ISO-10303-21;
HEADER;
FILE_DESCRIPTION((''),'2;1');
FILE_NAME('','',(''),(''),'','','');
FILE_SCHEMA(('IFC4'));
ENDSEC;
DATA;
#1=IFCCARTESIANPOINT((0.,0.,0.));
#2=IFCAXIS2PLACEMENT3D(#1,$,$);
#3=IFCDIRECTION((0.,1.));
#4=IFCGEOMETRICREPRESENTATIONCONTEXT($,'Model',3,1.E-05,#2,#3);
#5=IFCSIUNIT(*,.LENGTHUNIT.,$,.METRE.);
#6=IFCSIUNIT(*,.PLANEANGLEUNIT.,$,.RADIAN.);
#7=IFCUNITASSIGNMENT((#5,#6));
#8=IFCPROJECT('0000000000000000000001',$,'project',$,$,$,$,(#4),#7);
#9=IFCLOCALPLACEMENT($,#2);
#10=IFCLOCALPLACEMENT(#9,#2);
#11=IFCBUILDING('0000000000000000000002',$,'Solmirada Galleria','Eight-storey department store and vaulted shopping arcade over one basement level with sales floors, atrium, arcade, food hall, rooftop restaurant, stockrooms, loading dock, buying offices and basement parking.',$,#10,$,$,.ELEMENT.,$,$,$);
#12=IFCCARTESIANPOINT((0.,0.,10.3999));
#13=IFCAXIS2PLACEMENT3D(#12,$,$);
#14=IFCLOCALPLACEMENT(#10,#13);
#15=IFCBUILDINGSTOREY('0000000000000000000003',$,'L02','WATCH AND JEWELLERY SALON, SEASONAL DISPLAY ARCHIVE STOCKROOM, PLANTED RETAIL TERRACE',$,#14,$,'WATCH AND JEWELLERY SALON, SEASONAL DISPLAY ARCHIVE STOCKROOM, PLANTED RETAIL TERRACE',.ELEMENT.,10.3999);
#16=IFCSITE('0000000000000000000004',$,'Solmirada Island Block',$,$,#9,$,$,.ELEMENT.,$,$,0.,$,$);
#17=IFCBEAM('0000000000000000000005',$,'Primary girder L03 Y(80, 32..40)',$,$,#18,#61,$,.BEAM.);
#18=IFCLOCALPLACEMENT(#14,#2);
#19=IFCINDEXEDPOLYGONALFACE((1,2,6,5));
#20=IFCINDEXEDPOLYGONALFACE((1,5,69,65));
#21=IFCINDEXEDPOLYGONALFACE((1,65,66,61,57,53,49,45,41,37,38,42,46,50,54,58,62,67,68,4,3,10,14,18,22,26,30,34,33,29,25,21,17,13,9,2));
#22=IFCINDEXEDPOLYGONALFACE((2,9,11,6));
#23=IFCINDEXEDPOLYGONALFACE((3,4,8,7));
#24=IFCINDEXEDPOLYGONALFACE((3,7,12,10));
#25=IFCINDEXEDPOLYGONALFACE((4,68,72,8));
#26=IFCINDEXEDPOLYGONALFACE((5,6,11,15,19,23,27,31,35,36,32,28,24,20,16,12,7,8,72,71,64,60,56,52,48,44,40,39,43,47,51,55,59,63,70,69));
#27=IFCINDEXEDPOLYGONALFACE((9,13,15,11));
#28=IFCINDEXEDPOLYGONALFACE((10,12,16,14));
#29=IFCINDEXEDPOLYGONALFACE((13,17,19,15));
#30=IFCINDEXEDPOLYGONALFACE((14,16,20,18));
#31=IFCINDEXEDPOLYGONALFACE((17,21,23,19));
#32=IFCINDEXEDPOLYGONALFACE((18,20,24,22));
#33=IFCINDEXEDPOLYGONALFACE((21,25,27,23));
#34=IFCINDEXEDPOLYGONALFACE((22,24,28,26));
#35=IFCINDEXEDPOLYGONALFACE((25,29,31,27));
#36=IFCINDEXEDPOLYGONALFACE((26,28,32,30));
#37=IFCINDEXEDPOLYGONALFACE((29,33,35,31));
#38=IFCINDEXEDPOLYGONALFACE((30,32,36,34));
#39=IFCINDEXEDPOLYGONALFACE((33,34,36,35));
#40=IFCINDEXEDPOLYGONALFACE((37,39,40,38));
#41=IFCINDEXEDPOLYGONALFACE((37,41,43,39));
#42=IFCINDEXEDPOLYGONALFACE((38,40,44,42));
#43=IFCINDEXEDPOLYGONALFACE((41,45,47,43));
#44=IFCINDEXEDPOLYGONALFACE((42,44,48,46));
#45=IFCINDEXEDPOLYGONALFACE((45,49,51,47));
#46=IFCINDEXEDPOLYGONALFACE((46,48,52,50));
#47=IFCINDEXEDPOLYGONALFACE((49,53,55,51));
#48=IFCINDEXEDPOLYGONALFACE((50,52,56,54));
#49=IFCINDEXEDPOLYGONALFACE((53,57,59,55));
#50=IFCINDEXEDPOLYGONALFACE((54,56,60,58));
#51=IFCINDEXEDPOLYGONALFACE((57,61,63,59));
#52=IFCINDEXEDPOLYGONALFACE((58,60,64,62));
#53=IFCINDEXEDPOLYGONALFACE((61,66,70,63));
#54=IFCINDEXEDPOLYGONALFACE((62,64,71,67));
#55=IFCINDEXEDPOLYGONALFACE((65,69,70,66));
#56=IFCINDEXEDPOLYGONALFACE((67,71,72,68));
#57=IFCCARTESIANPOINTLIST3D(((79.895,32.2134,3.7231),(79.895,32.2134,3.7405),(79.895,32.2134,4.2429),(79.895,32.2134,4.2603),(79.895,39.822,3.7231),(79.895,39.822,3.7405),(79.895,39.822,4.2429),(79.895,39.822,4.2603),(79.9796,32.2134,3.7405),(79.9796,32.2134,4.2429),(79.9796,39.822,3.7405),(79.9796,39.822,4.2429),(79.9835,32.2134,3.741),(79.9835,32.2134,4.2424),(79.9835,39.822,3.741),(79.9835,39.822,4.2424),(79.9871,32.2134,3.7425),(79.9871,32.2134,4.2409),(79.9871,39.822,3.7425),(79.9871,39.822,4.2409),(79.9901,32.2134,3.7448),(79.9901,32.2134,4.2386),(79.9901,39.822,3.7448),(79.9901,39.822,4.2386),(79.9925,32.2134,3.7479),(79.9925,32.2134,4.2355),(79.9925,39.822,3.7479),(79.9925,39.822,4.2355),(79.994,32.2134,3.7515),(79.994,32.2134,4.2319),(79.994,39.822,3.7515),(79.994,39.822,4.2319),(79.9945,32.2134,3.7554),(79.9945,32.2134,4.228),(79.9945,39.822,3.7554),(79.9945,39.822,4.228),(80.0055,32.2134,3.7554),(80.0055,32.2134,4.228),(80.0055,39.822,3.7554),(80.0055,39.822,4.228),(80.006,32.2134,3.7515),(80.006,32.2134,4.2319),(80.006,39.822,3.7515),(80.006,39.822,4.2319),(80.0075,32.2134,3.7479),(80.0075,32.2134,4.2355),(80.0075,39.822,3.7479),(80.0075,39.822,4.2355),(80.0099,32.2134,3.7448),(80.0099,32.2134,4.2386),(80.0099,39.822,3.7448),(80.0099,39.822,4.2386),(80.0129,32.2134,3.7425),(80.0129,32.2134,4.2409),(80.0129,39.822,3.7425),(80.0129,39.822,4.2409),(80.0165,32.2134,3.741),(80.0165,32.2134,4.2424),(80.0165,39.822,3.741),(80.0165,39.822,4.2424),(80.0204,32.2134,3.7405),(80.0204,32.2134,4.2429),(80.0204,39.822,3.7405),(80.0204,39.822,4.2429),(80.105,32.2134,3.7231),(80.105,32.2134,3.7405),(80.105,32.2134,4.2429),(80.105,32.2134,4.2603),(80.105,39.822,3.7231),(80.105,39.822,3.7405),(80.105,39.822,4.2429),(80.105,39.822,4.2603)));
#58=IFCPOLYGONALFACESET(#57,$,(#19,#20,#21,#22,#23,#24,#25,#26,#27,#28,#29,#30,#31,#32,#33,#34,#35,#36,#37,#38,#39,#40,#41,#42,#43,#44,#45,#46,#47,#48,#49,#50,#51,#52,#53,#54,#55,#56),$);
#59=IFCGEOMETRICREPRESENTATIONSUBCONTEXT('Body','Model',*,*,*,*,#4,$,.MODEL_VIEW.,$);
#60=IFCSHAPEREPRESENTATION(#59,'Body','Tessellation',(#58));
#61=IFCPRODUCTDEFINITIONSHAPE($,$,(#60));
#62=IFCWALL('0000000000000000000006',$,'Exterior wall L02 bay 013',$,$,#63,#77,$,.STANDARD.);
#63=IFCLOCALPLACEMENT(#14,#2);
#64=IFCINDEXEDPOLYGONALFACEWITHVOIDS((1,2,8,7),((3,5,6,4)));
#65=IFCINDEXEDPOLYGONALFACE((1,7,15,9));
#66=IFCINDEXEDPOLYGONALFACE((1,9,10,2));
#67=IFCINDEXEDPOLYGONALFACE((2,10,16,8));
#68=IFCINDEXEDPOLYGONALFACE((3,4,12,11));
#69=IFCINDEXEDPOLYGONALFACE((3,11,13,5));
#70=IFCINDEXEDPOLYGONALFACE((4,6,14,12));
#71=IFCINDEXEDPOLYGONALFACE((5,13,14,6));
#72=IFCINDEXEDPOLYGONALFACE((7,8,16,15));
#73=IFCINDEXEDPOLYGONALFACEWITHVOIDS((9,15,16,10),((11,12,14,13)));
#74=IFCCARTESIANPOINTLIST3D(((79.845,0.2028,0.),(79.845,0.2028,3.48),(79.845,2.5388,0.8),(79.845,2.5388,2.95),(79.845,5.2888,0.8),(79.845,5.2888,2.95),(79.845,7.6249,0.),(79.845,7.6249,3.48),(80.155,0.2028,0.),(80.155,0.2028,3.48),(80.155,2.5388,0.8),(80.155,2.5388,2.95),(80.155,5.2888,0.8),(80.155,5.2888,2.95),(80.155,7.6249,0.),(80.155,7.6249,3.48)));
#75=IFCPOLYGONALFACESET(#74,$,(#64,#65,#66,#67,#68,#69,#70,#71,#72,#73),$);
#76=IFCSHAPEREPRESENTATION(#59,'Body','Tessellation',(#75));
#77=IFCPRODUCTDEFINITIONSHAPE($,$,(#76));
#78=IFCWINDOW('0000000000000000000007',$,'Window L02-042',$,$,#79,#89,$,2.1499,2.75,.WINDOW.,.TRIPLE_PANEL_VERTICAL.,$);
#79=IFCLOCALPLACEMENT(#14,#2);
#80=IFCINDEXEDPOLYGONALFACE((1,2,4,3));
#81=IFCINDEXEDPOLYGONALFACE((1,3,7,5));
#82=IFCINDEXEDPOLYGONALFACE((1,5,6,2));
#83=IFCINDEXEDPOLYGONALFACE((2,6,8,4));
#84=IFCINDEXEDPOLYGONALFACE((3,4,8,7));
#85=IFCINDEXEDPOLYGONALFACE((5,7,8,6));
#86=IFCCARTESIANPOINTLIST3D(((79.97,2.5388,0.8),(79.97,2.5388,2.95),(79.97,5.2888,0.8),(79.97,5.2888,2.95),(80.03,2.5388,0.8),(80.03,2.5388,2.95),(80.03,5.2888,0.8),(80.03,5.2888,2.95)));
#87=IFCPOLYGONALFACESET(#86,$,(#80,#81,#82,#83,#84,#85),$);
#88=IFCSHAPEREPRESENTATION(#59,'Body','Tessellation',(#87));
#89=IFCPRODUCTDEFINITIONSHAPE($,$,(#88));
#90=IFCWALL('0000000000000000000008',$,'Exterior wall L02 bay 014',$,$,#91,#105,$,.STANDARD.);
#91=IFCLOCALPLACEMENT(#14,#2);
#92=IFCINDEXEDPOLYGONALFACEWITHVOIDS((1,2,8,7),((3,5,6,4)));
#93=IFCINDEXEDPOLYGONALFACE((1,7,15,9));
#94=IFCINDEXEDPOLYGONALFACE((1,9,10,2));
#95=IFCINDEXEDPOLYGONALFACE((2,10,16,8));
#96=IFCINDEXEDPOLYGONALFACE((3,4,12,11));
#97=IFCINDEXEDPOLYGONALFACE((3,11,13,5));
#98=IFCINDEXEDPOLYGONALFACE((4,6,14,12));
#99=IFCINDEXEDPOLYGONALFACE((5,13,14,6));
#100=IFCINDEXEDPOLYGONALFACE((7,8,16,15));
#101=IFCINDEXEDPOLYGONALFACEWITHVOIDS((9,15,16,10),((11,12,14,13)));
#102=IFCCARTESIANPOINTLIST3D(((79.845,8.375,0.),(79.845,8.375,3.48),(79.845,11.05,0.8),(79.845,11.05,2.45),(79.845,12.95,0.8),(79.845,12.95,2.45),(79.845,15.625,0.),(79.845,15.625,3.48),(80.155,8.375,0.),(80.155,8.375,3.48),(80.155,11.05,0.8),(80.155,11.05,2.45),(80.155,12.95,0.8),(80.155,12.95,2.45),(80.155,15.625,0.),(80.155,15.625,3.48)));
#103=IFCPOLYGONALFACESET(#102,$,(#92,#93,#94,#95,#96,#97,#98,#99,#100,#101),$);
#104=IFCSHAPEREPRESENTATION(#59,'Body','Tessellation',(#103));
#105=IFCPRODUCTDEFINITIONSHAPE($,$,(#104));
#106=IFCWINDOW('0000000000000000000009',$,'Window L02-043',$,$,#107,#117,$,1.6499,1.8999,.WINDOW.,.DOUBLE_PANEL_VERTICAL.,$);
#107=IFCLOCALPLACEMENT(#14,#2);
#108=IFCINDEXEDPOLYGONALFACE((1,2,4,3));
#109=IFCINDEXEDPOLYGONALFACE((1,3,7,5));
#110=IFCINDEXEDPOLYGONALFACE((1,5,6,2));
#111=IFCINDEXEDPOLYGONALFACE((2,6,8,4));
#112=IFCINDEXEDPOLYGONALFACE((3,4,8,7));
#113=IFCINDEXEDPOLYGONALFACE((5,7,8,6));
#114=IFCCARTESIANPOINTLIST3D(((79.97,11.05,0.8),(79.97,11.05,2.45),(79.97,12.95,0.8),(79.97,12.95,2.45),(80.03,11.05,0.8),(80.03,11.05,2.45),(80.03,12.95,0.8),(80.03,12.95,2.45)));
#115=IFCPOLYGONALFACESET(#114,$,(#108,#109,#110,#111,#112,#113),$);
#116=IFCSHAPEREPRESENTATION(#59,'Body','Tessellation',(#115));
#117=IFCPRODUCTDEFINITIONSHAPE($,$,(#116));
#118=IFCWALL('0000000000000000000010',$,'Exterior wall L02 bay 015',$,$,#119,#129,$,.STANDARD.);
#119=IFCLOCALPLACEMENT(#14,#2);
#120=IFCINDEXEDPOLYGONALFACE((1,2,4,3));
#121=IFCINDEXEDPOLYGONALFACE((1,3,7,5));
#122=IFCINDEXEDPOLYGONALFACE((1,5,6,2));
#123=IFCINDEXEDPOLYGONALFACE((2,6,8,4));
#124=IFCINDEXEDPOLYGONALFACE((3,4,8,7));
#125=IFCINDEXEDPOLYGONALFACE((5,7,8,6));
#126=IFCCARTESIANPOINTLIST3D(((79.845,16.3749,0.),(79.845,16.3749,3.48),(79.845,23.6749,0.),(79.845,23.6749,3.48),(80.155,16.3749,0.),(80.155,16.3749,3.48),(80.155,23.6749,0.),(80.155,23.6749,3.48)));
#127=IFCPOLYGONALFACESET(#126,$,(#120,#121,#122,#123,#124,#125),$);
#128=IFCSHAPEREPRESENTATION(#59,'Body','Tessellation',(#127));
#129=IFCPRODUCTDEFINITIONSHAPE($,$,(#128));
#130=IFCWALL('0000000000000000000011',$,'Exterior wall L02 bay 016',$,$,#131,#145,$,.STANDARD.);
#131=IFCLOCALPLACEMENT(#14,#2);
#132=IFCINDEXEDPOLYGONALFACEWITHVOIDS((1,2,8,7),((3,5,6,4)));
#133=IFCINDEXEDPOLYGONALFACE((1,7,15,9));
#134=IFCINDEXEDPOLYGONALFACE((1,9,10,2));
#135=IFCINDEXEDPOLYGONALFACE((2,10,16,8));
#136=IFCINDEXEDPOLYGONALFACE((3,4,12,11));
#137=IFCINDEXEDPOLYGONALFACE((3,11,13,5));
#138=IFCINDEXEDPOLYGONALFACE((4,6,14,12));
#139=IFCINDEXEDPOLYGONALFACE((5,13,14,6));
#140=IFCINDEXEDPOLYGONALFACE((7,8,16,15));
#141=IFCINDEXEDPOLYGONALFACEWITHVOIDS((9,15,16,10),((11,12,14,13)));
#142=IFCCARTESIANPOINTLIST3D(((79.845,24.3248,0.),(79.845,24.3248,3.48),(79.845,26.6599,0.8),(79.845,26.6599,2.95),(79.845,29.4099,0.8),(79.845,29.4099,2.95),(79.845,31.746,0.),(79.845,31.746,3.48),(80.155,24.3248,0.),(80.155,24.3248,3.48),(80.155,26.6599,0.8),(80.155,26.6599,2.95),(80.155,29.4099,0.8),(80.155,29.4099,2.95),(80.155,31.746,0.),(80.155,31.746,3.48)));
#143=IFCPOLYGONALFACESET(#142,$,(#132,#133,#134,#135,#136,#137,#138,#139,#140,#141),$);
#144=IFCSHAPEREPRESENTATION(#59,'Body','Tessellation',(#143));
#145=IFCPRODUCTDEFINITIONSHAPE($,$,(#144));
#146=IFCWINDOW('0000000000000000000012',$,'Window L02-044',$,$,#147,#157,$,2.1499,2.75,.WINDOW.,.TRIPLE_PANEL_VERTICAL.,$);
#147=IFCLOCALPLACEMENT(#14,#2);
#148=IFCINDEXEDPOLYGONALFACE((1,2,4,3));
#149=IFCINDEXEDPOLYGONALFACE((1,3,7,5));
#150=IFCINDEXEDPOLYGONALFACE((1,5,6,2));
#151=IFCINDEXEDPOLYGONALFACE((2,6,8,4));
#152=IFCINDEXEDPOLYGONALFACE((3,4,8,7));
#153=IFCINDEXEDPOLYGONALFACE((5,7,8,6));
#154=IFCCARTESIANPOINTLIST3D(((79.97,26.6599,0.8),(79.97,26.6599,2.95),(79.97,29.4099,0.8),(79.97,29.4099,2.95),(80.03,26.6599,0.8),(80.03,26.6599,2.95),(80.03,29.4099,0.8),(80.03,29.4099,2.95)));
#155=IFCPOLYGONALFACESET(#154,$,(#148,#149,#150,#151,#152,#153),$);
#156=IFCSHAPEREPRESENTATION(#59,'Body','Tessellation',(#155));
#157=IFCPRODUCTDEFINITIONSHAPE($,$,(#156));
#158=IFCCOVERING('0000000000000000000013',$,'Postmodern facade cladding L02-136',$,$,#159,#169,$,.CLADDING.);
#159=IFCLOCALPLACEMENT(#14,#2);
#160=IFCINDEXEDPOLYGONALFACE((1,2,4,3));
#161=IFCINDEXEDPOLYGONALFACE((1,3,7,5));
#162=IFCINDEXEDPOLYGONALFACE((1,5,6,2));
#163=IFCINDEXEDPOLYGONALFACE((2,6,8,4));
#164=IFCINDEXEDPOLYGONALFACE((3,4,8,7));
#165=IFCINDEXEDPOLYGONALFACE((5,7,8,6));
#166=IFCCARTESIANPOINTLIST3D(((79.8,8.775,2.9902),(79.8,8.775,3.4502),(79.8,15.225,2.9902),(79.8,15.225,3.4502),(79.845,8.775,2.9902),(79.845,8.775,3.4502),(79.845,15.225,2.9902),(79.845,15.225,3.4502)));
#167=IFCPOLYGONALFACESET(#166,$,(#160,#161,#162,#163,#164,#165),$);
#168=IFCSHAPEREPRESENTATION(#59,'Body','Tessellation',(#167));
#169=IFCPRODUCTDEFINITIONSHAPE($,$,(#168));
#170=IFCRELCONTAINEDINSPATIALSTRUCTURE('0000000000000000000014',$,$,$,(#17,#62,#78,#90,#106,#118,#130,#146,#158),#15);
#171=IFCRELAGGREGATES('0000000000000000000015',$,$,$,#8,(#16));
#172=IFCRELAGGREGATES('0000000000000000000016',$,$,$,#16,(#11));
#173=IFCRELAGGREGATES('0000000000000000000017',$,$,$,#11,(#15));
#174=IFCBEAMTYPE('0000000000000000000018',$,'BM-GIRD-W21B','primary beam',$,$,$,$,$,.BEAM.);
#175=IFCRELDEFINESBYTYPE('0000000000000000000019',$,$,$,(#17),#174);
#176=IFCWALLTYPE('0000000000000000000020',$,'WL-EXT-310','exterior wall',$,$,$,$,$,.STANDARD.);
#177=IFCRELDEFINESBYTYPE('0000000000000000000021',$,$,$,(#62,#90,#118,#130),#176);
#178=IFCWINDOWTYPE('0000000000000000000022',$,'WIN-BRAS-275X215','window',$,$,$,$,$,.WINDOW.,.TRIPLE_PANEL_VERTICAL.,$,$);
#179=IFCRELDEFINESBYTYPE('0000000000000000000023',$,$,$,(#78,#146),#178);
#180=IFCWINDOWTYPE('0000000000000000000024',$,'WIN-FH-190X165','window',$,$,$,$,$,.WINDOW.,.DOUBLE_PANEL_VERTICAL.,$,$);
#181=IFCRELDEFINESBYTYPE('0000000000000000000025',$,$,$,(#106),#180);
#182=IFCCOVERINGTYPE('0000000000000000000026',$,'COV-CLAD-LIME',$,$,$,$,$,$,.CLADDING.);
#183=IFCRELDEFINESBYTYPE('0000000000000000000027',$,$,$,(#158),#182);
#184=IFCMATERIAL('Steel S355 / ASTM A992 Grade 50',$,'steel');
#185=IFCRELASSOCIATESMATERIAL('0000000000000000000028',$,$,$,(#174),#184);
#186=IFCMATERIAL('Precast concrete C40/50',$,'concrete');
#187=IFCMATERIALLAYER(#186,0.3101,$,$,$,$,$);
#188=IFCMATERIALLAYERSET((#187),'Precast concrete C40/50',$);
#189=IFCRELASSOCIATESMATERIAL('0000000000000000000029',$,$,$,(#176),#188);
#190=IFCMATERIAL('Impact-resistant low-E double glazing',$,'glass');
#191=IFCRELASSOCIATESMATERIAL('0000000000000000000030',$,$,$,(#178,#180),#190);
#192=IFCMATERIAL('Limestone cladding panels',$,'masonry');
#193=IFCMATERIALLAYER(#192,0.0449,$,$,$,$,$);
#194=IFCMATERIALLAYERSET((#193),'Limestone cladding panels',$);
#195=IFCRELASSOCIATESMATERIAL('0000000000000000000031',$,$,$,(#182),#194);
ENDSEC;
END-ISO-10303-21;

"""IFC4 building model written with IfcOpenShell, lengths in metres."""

from ifc_helpers import new_model, si_unit, direction, frame, frame_2d, origin, origin_2d, place, context, subcontext, project, spatial, rectangle, i_section, extrude, material, layer, layer_set, material_profile, profile_set, type_object, element, fill, save


model = new_model("IFC4")

# Units and contexts
model_context = context("Model", 3, precision=1e-05, world=origin(), true_north=direction((0.0, 1.0)))
body_context = subcontext(model_context, "Body", "Model", "MODEL_VIEW")
ifc_project = project(units=[si_unit("LENGTHUNIT", "METRE"), si_unit("PLANEANGLEUNIT", "RADIAN")], contexts=[model_context])

# Site, building, storey
site_placement = place(None, origin())
site = spatial("IfcSite", under=ifc_project, at=site_placement, Name="Solmirada Island Block", CompositionType="ELEMENT", RefElevation=0.0)
building_placement = place(site_placement, origin())
building = spatial("IfcBuilding", under=site, at=building_placement, Name="Solmirada Galleria", Description="Eight-storey department store and vaulted shopping arcade over one basement level with sales floors, atrium, arcade, food hall, rooftop restaurant, stockrooms, loading dock, buying offices and basement parking.", CompositionType="ELEMENT")
storey_placement = place(building_placement, frame((0.0, 0.0, 10.3999)))
storey = spatial("IfcBuildingStorey", under=building, at=storey_placement, Name="L02", Description="WATCH AND JEWELLERY SALON, SEASONAL DISPLAY ARCHIVE STOCKROOM, PLANTED RETAIL TERRACE", LongName="WATCH AND JEWELLERY SALON, SEASONAL DISPLAY ARCHIVE STOCKROOM, PLANTED RETAIL TERRACE", CompositionType="ELEMENT", Elevation=10.3999)

# Beam
ifc_material_1 = material(Name="Steel S355 / ASTM A992 Grade 50", Category="steel")
ifc_material_profile_1 = material_profile(ifc_material_1, i_section(OverallWidth=0.21, OverallDepth=0.5371, WebThickness=0.011, FlangeThickness=0.0173, FilletRadius=0.0149, at=origin_2d()), Name="W21X68")
ifc_profile_set_1 = profile_set([ifc_material_profile_1], Name="Steel S355 / ASTM A992 Grade 50")
beam_type = type_object("IfcBeamType", Name="BM-GIRD-W21B", Description="primary beam", PredefinedType="BEAM", material=ifc_profile_set_1)
beam_1_placement = place(storey_placement, frame((80.0, 32.2134, 3.9917), z_axis=(0.0, 1.0, 0.0), x_axis=(-1.0, 0.0, 0.0)))
element("IfcBeam", 1, at=beam_1_placement, inside=storey, type_object=beam_type, Name="Primary girder L03 Y(80, 32..40)", PredefinedType="BEAM", context=body_context, shape_type="SweptSolid", body=[
    extrude(i_section(OverallWidth=0.21, OverallDepth=0.5371, WebThickness=0.011, FlangeThickness=0.0173, FilletRadius=0.0149, at=origin_2d()), origin(), (0.0, 0.0, 1.0), 7.6086),
])

# Walls, openings, windows
ifc_material_2 = material(Name="Precast concrete C40/50", Category="concrete")
ifc_layer_1 = layer(ifc_material_2, 0.3101)
ifc_layer_set_1 = layer_set([ifc_layer_1], Name="Precast concrete C40/50")
wall_type = type_object("IfcWallType", Name="WL-EXT-310", Description="exterior wall", PredefinedType="STANDARD", material=ifc_layer_set_1)
wall_1_placement = place(storey_placement, frame((80.0, 0.2029, 0.0), z_axis=(0.0, 0.0, 1.0), x_axis=(0.0, 1.0, 0.0)))
wall_1 = element("IfcWall", 2, at=wall_1_placement, inside=storey, type_object=wall_type, Name="Exterior wall L02 bay 013", PredefinedType="STANDARD", context=body_context, shape_type="SweptSolid", body=[
    extrude(rectangle(XDim=7.4221, YDim=0.3101, at=frame_2d((3.7109, 0.0))), origin(), (0.0, 0.0, 1.0), 3.48),
])
opening_1_placement = place(wall_1_placement, frame((2.3359, 0.0, 0.8)))
opening_1 = element("IfcOpeningElement", 3, at=opening_1_placement, cuts=wall_1, PredefinedType="OPENING", context=body_context, shape_type="SweptSolid", body=[
    extrude(rectangle(XDim=2.75, YDim=2.1499, at=frame_2d((1.375, 1.075))), frame((0.0, 0.165, 0.0), z_axis=(0.0, -1.0, 0.0), x_axis=(1.0, 0.0, 0.0)), (0.0, 0.0, 1.0), 0.3301),
])
ifc_material_3 = material(Name="Impact-resistant low-E double glazing", Category="glass")
window_type_1 = type_object("IfcWindowType", Name="WIN-BRAS-275X215", Description="window", PartitioningType="TRIPLE_PANEL_VERTICAL", PredefinedType="WINDOW", material=ifc_material_3)
window_1_placement = place(opening_1_placement, origin())
window_1 = element("IfcWindow", 4, at=window_1_placement, inside=storey, type_object=window_type_1, Name="Window L02-042", OverallHeight=2.1499, OverallWidth=2.75, PartitioningType="TRIPLE_PANEL_VERTICAL", PredefinedType="WINDOW", context=body_context, shape_type="SweptSolid", body=[
    extrude(rectangle(XDim=2.75, YDim=2.1499, at=frame_2d((1.375, 1.075))), frame((0.0, 0.03, 0.0), z_axis=(0.0, -1.0, 0.0), x_axis=(1.0, 0.0, 0.0)), (0.0, 0.0, 1.0), 0.0601),
])
fill(opening_1, window_1)
wall_2_placement = place(storey_placement, frame((80.0, 8.375, 0.0), z_axis=(0.0, 0.0, 1.0), x_axis=(0.0, 1.0, 0.0)))
wall_2 = element("IfcWall", 5, at=wall_2_placement, inside=storey, type_object=wall_type, Name="Exterior wall L02 bay 014", PredefinedType="STANDARD", context=body_context, shape_type="SweptSolid", body=[
    extrude(rectangle(XDim=7.25, YDim=0.3101, at=frame_2d((3.625, 0.0))), origin(), (0.0, 0.0, 1.0), 3.48),
])
opening_2_placement = place(wall_2_placement, frame((2.675, 0.0, 0.8)))
opening_2 = element("IfcOpeningElement", 6, at=opening_2_placement, cuts=wall_2, PredefinedType="OPENING", context=body_context, shape_type="SweptSolid", body=[
    extrude(rectangle(XDim=1.8999, YDim=1.6499, at=frame_2d((0.95, 0.825))), frame((0.0, 0.165, 0.0), z_axis=(0.0, -1.0, 0.0), x_axis=(1.0, 0.0, 0.0)), (0.0, 0.0, 1.0), 0.3301),
])
window_type_2 = type_object("IfcWindowType", Name="WIN-FH-190X165", Description="window", PartitioningType="DOUBLE_PANEL_VERTICAL", PredefinedType="WINDOW", material=ifc_material_3)
window_2_placement = place(opening_2_placement, origin())
window_2 = element("IfcWindow", 7, at=window_2_placement, inside=storey, type_object=window_type_2, Name="Window L02-043", OverallHeight=1.6499, OverallWidth=1.8999, PartitioningType="DOUBLE_PANEL_VERTICAL", PredefinedType="WINDOW", context=body_context, shape_type="SweptSolid", body=[
    extrude(rectangle(XDim=1.8999, YDim=1.6499, at=frame_2d((0.95, 0.825))), frame((0.0, 0.03, 0.0), z_axis=(0.0, -1.0, 0.0), x_axis=(1.0, 0.0, 0.0)), (0.0, 0.0, 1.0), 0.0601),
])
fill(opening_2, window_2)

# Wall
wall_3_placement = place(storey_placement, frame((80.0, 16.375, 0.0), z_axis=(0.0, 0.0, 1.0), x_axis=(0.0, 1.0, 0.0)))
element("IfcWall", 8, at=wall_3_placement, inside=storey, type_object=wall_type, Name="Exterior wall L02 bay 015", PredefinedType="STANDARD", context=body_context, shape_type="SweptSolid", body=[
    extrude(rectangle(XDim=7.3, YDim=0.3101, at=frame_2d((3.6499, 0.0))), origin(), (0.0, 0.0, 1.0), 3.48),
])

# Wall, opening, window
wall_4_placement = place(storey_placement, frame((80.0, 24.325, 0.0), z_axis=(0.0, 0.0, 1.0), x_axis=(0.0, 1.0, 0.0)))
wall_4 = element("IfcWall", 9, at=wall_4_placement, inside=storey, type_object=wall_type, Name="Exterior wall L02 bay 016", PredefinedType="STANDARD", context=body_context, shape_type="SweptSolid", body=[
    extrude(rectangle(XDim=7.4211, YDim=0.3101, at=frame_2d((3.7104, 0.0))), origin(), (0.0, 0.0, 1.0), 3.48),
])
opening_3_placement = place(wall_4_placement, frame((2.335, 0.0, 0.8)))
opening_3 = element("IfcOpeningElement", 10, at=opening_3_placement, cuts=wall_4, PredefinedType="OPENING", context=body_context, shape_type="SweptSolid", body=[
    extrude(rectangle(XDim=2.75, YDim=2.1499, at=frame_2d((1.375, 1.075))), frame((0.0, 0.165, 0.0), z_axis=(0.0, -1.0, 0.0), x_axis=(1.0, 0.0, 0.0)), (0.0, 0.0, 1.0), 0.3301),
])
window_3_placement = place(opening_3_placement, origin())
window_3 = element("IfcWindow", 11, at=window_3_placement, inside=storey, type_object=window_type_1, Name="Window L02-044", OverallHeight=2.1499, OverallWidth=2.75, PartitioningType="TRIPLE_PANEL_VERTICAL", PredefinedType="WINDOW", context=body_context, shape_type="SweptSolid", body=[
    extrude(rectangle(XDim=2.75, YDim=2.1499, at=frame_2d((1.375, 1.075))), frame((0.0, 0.03, 0.0), z_axis=(0.0, -1.0, 0.0), x_axis=(1.0, 0.0, 0.0)), (0.0, 0.0, 1.0), 0.0601),
])
fill(opening_3, window_3)

# Covering
ifc_material_4 = material(Name="Limestone cladding panels", Category="masonry")
ifc_layer_2 = layer(ifc_material_4, 0.0449)
ifc_layer_set_2 = layer_set([ifc_layer_2], Name="Limestone cladding panels")
covering_type_1 = type_object("IfcCoveringType", Name="COV-CLAD-LIME", PredefinedType="CLADDING", material=ifc_layer_set_2)
covering_1_placement = place(storey_placement, frame((79.8225, 12.0, 2.9902), z_axis=(0.0, 0.0, 1.0), x_axis=(0.0, 1.0, 0.0)))
element("IfcCovering", 12, at=covering_1_placement, inside=storey, type_object=covering_type_1, Name="Postmodern facade cladding L02-136", PredefinedType="CLADDING", context=body_context, shape_type="SweptSolid", body=[
    extrude(rectangle(XDim=6.45, YDim=0.0449, at=origin_2d()), origin(), (0.0, 0.0, 1.0), 0.46),
])

save(model, "model.ifc")
